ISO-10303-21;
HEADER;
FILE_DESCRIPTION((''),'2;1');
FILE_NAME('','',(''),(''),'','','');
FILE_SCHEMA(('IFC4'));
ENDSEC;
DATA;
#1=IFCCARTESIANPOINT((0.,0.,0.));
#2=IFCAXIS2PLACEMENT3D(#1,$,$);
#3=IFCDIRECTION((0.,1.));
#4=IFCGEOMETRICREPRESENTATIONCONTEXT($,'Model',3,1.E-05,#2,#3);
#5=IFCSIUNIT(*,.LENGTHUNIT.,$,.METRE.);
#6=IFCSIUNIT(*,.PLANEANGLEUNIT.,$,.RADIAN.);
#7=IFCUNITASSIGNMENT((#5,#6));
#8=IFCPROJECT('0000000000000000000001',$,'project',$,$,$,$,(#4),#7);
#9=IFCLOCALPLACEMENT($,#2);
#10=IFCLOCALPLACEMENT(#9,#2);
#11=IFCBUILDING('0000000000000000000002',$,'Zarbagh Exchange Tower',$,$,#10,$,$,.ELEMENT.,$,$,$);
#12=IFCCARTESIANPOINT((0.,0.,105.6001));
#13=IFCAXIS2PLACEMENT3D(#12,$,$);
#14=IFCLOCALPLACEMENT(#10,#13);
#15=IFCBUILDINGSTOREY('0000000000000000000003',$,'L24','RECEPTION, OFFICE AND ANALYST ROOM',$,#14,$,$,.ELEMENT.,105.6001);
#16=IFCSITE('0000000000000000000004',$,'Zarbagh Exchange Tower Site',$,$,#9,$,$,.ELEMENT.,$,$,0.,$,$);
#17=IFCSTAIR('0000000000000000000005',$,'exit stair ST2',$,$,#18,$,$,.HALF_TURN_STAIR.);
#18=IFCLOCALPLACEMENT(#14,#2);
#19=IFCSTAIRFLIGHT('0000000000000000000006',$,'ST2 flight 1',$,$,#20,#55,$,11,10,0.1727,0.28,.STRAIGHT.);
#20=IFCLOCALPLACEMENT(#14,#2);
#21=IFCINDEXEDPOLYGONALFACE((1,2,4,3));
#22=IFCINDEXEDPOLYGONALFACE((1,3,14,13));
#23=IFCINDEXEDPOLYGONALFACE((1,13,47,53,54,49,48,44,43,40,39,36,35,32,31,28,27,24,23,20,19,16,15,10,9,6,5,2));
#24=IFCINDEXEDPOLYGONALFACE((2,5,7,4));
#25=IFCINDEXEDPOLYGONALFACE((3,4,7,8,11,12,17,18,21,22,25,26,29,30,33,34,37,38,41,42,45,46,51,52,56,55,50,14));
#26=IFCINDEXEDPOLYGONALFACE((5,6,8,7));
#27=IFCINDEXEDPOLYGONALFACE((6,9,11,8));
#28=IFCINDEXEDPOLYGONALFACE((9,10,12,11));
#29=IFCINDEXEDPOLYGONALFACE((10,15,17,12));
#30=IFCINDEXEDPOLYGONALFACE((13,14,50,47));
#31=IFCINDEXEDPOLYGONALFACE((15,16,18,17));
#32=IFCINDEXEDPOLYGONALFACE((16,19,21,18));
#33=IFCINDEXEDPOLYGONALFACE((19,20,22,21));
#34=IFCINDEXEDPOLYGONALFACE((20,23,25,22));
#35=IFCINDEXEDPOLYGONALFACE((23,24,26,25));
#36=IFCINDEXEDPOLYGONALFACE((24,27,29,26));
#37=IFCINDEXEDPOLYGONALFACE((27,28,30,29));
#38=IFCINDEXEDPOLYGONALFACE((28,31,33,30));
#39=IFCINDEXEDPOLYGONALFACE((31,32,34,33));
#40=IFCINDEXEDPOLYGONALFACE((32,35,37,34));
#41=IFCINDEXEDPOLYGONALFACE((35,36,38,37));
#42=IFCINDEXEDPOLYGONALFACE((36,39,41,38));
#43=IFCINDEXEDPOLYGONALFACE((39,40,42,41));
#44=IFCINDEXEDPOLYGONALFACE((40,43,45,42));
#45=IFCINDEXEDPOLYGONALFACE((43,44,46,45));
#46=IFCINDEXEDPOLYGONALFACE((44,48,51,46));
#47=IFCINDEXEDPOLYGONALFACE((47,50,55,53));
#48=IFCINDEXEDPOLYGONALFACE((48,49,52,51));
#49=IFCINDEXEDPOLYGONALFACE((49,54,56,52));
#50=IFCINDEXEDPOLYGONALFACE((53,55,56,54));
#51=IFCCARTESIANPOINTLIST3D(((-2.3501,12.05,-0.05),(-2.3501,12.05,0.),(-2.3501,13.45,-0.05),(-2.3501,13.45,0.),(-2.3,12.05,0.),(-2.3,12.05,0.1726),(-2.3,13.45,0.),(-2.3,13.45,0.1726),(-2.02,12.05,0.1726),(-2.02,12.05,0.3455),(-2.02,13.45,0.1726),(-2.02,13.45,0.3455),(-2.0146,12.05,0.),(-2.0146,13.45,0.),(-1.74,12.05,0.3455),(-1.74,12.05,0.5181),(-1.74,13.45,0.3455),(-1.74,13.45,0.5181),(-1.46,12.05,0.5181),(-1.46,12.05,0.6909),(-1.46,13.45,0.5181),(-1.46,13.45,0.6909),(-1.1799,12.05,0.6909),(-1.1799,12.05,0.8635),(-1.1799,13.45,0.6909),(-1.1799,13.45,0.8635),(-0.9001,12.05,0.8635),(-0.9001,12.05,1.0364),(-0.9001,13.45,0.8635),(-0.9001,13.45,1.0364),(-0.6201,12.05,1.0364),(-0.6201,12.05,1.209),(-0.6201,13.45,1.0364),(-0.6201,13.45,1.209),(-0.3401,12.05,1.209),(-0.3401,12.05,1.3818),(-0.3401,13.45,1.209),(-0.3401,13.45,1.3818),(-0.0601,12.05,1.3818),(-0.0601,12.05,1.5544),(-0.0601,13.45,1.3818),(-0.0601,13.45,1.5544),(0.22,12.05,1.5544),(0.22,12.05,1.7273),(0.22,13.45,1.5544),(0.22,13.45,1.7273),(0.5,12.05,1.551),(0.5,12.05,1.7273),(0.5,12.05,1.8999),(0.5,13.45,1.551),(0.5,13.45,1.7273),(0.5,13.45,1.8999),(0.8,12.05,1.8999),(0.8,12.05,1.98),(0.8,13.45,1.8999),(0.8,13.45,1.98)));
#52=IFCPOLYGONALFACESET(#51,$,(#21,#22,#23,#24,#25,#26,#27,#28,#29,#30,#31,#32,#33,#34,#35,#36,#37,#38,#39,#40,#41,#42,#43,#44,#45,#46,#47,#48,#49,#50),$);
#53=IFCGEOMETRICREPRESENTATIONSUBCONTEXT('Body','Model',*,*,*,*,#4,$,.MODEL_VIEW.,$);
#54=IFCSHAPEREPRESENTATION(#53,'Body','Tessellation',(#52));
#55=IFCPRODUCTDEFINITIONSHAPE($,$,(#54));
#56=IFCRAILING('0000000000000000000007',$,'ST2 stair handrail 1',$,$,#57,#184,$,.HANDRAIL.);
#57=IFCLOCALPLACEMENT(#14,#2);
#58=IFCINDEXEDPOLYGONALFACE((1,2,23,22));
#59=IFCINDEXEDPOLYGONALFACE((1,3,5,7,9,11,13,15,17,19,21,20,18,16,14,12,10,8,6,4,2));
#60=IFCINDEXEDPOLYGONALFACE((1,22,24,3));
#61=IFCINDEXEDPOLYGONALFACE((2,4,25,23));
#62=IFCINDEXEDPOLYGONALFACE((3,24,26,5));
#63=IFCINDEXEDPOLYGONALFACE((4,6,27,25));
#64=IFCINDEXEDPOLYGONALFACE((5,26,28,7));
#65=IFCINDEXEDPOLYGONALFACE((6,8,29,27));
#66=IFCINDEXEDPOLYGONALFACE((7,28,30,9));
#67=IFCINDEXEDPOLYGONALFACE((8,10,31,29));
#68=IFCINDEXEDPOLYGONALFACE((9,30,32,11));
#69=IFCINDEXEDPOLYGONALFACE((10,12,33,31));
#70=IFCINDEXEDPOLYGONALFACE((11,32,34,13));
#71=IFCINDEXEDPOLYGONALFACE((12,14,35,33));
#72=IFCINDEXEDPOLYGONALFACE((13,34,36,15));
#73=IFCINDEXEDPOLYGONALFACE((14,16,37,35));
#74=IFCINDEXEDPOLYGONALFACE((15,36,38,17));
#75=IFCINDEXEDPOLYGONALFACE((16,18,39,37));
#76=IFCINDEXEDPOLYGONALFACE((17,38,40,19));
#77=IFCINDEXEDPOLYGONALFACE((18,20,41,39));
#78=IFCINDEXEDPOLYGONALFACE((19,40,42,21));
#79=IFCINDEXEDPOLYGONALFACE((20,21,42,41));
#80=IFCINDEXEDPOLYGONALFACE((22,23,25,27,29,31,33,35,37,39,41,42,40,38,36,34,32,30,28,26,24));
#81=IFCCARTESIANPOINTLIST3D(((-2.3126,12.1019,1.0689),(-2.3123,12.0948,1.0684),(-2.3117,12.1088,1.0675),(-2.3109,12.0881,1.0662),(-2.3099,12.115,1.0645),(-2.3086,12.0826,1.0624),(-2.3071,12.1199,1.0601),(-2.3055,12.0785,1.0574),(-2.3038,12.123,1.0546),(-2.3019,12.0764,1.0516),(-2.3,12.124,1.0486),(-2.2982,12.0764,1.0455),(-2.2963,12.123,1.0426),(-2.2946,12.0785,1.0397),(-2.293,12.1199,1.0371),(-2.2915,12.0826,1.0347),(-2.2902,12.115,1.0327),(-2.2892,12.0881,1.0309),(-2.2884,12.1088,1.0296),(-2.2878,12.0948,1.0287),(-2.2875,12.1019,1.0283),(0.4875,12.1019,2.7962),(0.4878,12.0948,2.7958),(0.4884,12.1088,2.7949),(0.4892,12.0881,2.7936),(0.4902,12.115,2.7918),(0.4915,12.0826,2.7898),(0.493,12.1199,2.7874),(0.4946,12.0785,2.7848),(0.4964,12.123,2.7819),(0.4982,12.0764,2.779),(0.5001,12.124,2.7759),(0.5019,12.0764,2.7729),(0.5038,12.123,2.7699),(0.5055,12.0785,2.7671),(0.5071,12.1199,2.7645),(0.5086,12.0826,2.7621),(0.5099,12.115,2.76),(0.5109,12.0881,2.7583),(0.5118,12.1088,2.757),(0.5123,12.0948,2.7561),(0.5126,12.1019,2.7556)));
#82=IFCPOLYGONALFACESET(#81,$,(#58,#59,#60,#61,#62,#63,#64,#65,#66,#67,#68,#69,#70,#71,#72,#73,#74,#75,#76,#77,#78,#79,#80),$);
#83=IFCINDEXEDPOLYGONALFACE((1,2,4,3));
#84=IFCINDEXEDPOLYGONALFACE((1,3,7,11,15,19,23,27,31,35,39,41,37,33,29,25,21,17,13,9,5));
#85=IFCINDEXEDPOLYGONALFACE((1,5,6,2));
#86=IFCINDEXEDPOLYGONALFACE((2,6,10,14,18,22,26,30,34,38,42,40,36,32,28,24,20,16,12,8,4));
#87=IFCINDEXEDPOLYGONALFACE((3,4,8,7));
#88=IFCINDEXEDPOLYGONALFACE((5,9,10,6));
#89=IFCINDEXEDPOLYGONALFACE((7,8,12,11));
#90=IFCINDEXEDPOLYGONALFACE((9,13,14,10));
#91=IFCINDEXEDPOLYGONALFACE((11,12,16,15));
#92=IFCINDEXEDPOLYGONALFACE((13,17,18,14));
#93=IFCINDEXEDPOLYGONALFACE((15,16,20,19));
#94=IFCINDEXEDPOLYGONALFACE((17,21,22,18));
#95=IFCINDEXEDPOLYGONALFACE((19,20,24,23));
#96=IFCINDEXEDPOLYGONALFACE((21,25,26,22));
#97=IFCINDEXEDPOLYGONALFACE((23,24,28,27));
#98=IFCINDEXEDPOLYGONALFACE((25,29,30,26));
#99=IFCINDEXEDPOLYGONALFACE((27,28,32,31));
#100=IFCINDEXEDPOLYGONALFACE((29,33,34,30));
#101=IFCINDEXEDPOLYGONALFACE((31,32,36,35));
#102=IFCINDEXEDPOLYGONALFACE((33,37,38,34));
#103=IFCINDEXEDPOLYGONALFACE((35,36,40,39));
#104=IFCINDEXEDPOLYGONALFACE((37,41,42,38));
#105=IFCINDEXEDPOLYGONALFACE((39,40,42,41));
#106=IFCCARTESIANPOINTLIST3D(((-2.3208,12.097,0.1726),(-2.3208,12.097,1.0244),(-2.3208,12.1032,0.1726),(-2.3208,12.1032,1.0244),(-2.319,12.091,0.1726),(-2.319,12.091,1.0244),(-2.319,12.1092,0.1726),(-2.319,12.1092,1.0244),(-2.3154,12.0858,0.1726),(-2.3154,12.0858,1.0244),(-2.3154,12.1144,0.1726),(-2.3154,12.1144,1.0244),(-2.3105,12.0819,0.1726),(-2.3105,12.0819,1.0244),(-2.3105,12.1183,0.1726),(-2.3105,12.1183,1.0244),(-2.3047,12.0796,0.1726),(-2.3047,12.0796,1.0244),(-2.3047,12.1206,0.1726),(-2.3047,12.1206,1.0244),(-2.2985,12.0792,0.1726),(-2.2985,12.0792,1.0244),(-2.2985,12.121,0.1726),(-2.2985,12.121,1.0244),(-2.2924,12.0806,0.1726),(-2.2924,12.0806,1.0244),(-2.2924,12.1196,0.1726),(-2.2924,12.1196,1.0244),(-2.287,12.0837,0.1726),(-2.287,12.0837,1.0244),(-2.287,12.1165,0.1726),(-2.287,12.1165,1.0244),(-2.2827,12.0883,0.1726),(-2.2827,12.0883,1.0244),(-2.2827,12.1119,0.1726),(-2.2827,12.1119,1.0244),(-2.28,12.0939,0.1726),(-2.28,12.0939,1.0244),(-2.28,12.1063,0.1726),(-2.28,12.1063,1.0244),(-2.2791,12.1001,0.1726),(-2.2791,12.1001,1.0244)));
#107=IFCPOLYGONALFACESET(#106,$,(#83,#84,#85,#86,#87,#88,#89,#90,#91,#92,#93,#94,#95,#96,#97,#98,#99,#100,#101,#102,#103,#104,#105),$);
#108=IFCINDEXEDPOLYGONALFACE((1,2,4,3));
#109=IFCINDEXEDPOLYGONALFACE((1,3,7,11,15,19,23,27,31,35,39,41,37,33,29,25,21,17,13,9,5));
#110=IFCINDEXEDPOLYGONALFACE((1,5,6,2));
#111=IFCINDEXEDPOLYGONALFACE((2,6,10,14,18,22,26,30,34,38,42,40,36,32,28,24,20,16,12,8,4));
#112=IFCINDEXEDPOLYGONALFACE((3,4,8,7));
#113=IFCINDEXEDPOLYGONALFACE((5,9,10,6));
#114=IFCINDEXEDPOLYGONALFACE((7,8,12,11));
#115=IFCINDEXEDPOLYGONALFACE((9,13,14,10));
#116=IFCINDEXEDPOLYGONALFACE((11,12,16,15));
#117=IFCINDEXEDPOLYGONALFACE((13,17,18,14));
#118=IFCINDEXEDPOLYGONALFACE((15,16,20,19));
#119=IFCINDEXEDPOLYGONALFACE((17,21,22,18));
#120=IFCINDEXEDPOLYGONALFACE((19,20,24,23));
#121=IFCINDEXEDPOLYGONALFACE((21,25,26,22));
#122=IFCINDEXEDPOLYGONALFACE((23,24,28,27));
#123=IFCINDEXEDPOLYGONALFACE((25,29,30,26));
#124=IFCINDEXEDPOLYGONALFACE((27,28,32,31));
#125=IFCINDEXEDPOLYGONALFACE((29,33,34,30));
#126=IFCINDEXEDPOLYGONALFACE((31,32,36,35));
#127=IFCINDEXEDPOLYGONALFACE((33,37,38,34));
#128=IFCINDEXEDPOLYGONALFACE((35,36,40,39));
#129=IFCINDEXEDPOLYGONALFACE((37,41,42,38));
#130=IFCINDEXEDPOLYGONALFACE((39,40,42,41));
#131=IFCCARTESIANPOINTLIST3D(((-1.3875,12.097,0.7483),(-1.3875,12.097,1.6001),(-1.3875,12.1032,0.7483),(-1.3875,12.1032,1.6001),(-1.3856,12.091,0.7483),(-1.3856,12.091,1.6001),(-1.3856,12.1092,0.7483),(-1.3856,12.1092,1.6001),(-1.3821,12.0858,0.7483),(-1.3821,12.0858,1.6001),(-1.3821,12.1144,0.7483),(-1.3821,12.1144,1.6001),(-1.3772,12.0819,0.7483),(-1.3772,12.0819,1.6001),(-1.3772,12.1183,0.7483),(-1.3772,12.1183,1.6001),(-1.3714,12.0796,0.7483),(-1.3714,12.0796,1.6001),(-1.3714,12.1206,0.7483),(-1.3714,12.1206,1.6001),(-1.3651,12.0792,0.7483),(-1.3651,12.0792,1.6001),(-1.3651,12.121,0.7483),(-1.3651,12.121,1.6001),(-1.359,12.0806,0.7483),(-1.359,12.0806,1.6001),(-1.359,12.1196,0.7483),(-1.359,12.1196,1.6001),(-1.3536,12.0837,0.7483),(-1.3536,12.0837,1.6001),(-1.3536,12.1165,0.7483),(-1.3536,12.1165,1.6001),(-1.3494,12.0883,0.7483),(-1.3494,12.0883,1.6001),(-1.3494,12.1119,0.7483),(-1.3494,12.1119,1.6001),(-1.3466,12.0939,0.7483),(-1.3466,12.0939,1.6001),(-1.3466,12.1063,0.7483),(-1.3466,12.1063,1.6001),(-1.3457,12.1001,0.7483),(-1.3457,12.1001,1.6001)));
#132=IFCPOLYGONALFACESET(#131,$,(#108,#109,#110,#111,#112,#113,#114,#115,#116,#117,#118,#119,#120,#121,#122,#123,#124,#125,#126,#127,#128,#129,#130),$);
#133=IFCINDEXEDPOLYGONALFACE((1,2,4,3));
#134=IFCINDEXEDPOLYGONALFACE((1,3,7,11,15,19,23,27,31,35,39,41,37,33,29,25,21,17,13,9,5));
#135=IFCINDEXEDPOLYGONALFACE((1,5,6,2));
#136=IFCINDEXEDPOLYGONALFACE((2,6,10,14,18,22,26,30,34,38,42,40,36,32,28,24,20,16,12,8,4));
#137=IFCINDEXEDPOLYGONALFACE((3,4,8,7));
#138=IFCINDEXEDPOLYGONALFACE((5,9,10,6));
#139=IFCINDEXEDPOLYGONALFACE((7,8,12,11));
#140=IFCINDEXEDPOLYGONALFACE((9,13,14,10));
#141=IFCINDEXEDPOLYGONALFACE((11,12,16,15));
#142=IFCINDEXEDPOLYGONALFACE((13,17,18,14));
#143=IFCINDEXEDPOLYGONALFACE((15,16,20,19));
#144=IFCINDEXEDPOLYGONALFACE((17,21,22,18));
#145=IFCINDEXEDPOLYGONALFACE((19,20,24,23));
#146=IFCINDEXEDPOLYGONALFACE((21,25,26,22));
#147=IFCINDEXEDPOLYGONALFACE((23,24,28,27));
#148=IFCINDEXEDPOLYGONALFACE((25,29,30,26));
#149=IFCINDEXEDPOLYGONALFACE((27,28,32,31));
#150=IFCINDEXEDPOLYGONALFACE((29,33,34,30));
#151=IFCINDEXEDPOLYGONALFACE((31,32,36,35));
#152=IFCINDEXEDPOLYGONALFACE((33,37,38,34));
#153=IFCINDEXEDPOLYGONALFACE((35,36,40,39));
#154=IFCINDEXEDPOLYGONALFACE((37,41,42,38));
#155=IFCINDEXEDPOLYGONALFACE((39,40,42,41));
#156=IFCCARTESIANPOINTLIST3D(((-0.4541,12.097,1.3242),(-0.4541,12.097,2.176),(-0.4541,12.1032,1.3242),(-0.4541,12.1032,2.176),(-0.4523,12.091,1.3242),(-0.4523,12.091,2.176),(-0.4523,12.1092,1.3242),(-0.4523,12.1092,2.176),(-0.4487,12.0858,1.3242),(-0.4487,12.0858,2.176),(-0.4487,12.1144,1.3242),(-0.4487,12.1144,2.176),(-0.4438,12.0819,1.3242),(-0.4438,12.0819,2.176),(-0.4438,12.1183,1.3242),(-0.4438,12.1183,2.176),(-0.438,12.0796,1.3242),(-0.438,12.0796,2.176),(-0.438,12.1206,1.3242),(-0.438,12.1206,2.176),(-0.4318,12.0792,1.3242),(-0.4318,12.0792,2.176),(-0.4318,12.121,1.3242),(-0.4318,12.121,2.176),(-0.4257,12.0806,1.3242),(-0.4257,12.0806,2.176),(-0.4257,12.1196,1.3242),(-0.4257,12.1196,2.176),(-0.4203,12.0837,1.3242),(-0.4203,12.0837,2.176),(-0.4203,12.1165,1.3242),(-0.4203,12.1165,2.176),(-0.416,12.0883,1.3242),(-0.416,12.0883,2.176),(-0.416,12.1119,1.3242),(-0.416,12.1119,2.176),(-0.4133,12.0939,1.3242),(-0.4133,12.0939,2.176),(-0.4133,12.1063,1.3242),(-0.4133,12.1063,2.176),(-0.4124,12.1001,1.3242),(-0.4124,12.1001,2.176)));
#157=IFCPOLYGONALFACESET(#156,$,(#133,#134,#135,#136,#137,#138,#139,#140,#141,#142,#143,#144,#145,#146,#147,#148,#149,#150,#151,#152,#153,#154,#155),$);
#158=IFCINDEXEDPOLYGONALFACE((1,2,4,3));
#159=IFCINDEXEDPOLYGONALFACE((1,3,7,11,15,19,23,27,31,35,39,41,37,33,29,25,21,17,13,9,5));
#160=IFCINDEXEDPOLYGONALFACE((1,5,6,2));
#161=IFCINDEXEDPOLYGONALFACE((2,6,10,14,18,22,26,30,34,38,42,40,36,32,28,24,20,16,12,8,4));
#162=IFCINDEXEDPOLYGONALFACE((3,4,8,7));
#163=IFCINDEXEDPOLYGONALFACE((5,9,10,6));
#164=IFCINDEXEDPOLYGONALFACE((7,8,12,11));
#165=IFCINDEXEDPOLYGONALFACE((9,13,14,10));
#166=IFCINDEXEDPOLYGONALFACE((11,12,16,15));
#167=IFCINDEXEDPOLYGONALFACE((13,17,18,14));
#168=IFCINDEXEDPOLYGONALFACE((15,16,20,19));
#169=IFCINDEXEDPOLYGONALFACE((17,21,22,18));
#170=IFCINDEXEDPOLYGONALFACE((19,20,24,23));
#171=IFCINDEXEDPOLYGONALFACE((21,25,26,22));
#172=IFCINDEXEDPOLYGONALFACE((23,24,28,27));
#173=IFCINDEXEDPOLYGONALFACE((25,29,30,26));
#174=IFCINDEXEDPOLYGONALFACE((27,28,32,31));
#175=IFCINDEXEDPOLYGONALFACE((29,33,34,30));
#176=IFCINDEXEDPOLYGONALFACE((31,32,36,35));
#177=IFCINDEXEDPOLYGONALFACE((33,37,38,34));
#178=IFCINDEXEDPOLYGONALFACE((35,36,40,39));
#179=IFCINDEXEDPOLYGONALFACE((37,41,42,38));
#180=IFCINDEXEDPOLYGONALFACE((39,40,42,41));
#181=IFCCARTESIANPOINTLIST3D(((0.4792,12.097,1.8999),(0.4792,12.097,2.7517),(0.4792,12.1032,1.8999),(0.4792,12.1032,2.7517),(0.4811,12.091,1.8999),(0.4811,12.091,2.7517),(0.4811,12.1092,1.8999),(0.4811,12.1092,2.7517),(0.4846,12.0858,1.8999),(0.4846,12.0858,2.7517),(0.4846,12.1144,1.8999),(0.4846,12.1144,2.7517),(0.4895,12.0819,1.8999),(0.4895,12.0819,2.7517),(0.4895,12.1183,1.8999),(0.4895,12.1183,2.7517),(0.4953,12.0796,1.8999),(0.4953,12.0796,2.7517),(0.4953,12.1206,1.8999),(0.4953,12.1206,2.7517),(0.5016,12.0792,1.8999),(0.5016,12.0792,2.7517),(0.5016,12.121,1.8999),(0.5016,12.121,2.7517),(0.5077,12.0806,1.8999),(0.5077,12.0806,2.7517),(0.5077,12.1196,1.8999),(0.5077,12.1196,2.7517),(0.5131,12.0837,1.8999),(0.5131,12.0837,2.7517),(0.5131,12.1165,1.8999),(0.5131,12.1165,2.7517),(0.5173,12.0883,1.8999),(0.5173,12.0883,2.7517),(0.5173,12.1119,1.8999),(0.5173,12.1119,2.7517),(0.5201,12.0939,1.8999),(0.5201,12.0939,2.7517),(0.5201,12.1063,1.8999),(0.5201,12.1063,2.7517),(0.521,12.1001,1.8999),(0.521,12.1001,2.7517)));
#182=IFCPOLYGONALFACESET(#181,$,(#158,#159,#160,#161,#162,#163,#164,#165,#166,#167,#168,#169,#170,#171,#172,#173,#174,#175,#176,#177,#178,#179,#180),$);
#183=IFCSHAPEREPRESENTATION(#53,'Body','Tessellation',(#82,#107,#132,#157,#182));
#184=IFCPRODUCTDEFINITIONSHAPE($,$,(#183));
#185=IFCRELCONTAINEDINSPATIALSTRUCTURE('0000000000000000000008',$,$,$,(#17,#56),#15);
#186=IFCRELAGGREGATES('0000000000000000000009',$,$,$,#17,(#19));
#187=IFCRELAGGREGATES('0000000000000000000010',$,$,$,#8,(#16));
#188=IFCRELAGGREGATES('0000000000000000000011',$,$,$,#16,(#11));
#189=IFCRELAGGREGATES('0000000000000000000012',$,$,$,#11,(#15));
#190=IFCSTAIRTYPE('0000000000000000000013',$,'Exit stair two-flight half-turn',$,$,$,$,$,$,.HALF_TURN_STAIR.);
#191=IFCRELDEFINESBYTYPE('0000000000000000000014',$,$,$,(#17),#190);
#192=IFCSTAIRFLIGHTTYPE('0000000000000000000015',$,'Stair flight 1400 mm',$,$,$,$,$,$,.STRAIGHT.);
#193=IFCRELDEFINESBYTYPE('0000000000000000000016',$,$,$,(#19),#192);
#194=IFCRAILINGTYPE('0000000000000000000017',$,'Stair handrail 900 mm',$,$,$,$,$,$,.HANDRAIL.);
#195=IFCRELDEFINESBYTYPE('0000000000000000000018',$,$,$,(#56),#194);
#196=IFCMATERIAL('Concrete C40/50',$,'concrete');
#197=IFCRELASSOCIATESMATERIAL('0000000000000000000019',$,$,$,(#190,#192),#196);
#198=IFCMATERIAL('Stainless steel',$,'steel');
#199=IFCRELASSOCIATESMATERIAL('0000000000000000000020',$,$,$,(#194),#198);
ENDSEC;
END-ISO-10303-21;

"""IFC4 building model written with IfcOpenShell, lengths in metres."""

from ifc_helpers import new_model, si_unit, direction, frame, origin, origin_2d, place, context, subcontext, project, spatial, polyline, circle, outline, extrude, material, type_object, element, aggregate, save


model = new_model("IFC4")

# Units and contexts
model_context = context("Model", 3, precision=1e-05, world=origin(), true_north=direction((0.0, 1.0)))
body_context = subcontext(model_context, "Body", "Model", "MODEL_VIEW")
ifc_project = project(units=[si_unit("LENGTHUNIT", "METRE"), si_unit("PLANEANGLEUNIT", "RADIAN")], contexts=[model_context])

# Site, building, storey
site_placement = place(None, origin())
site = spatial("IfcSite", under=ifc_project, at=site_placement, Name="Zarbagh Exchange Tower Site", CompositionType="ELEMENT", RefElevation=0.0)
building_placement = place(site_placement, origin())
building = spatial("IfcBuilding", under=site, at=building_placement, Name="Zarbagh Exchange Tower", CompositionType="ELEMENT")
storey_placement = place(building_placement, frame((0.0, 0.0, 105.6001)))
storey = spatial("IfcBuildingStorey", under=building, at=storey_placement, Name="L24", Description="RECEPTION, OFFICE AND ANALYST ROOM", CompositionType="ELEMENT", Elevation=105.6001)

# Shared definitions
ifc_material_1 = material(Name="Concrete C40/50", Category="concrete")

# Stair, stair flight
stair_type = type_object("IfcStairType", Name="Exit stair two-flight half-turn", PredefinedType="HALF_TURN_STAIR", material=ifc_material_1)
stair_placement = place(storey_placement, origin())
stair = element("IfcStair", 1, at=stair_placement, inside=storey, type_object=stair_type, Name="exit stair ST2", PredefinedType="HALF_TURN_STAIR")
stair_flight_type = type_object("IfcStairFlightType", Name="Stair flight 1400 mm", PredefinedType="STRAIGHT", material=ifc_material_1)
stair_flight_placement = place(storey_placement, frame((-2.3, 12.75, 0.0), z_axis=(0.0, 0.0, 1.0), x_axis=(1.0, 0.0, 0.0)))
stair_flight = element("IfcStairFlight", 2, at=stair_flight_placement, type_object=stair_flight_type, Name="ST2 flight 1", NumberOfRisers=11, NumberOfTreads=10, PredefinedType="STRAIGHT", RiserHeight=0.1727, TreadLength=0.28, context=body_context, shape_type="SweptSolid", body=[
    extrude(outline(polyline([(-0.05, -0.05), (-0.05, 0.0), (0.0, 0.0), (0.0, 0.1726), (0.28, 0.1726), (0.28, 0.3455), (0.5601, 0.3455), (0.5601, 0.5181), (0.8401, 0.5181), (0.8401, 0.6909), (1.1201, 0.6909), (1.1201, 0.8635), (1.3999, 0.8635), (1.3999, 1.0364), (1.6799, 1.0364), (1.6799, 1.209), (1.96, 1.209), (1.96, 1.3818), (2.24, 1.3818), (2.24, 1.5544), (2.52, 1.5544), (2.52, 1.7273), (2.8, 1.7273), (2.8, 1.8999), (3.1001, 1.98), (3.1001, 1.8999), (2.8, 1.551), (0.2854, 0.0), (-0.05, -0.05)])), frame((0.0, 0.7, 0.0), z_axis=(0.0, -1.0, 0.0), x_axis=(1.0, 0.0, 0.0)), (0.0, 0.0, 1.0), 1.3999),
])
aggregate(stair, [stair_flight])

# Railing
ifc_material_2 = material(Name="Stainless steel", Category="steel")
railing_type_1 = type_object("IfcRailingType", Name="Stair handrail 900 mm", PredefinedType="HANDRAIL", material=ifc_material_2)
railing_1_placement = place(storey_placement, frame((-2.3, 12.1001, 0.1726)))
element("IfcRailing", 3, at=railing_1_placement, inside=storey, type_object=railing_type_1, Name="ST2 stair handrail 1", PredefinedType="HANDRAIL", context=body_context, shape_type="SweptSolid", body=[
    extrude(circle(Radius=0.0239, at=origin_2d()), frame((0.0, 0.0, 0.876), z_axis=(0.85109, 0.0, 0.52502), x_axis=(0.0, 1.0, 0.0)), (0.0, 0.0, 1.0), 3.29),
    extrude(circle(Radius=0.021, at=origin_2d()), origin(), (0.0, 0.0, 1.0), 0.8518),
    extrude(circle(Radius=0.021, at=origin_2d()), frame((0.9333, 0.0, 0.5757)), (0.0, 0.0, 1.0), 0.8518),
    extrude(circle(Radius=0.021, at=origin_2d()), frame((1.8667, 0.0, 1.1516)), (0.0, 0.0, 1.0), 0.8518),
    extrude(circle(Radius=0.021, at=origin_2d()), frame((2.8, 0.0, 1.7273)), (0.0, 0.0, 1.0), 0.8518),
])

save(model, "model.ifc")
